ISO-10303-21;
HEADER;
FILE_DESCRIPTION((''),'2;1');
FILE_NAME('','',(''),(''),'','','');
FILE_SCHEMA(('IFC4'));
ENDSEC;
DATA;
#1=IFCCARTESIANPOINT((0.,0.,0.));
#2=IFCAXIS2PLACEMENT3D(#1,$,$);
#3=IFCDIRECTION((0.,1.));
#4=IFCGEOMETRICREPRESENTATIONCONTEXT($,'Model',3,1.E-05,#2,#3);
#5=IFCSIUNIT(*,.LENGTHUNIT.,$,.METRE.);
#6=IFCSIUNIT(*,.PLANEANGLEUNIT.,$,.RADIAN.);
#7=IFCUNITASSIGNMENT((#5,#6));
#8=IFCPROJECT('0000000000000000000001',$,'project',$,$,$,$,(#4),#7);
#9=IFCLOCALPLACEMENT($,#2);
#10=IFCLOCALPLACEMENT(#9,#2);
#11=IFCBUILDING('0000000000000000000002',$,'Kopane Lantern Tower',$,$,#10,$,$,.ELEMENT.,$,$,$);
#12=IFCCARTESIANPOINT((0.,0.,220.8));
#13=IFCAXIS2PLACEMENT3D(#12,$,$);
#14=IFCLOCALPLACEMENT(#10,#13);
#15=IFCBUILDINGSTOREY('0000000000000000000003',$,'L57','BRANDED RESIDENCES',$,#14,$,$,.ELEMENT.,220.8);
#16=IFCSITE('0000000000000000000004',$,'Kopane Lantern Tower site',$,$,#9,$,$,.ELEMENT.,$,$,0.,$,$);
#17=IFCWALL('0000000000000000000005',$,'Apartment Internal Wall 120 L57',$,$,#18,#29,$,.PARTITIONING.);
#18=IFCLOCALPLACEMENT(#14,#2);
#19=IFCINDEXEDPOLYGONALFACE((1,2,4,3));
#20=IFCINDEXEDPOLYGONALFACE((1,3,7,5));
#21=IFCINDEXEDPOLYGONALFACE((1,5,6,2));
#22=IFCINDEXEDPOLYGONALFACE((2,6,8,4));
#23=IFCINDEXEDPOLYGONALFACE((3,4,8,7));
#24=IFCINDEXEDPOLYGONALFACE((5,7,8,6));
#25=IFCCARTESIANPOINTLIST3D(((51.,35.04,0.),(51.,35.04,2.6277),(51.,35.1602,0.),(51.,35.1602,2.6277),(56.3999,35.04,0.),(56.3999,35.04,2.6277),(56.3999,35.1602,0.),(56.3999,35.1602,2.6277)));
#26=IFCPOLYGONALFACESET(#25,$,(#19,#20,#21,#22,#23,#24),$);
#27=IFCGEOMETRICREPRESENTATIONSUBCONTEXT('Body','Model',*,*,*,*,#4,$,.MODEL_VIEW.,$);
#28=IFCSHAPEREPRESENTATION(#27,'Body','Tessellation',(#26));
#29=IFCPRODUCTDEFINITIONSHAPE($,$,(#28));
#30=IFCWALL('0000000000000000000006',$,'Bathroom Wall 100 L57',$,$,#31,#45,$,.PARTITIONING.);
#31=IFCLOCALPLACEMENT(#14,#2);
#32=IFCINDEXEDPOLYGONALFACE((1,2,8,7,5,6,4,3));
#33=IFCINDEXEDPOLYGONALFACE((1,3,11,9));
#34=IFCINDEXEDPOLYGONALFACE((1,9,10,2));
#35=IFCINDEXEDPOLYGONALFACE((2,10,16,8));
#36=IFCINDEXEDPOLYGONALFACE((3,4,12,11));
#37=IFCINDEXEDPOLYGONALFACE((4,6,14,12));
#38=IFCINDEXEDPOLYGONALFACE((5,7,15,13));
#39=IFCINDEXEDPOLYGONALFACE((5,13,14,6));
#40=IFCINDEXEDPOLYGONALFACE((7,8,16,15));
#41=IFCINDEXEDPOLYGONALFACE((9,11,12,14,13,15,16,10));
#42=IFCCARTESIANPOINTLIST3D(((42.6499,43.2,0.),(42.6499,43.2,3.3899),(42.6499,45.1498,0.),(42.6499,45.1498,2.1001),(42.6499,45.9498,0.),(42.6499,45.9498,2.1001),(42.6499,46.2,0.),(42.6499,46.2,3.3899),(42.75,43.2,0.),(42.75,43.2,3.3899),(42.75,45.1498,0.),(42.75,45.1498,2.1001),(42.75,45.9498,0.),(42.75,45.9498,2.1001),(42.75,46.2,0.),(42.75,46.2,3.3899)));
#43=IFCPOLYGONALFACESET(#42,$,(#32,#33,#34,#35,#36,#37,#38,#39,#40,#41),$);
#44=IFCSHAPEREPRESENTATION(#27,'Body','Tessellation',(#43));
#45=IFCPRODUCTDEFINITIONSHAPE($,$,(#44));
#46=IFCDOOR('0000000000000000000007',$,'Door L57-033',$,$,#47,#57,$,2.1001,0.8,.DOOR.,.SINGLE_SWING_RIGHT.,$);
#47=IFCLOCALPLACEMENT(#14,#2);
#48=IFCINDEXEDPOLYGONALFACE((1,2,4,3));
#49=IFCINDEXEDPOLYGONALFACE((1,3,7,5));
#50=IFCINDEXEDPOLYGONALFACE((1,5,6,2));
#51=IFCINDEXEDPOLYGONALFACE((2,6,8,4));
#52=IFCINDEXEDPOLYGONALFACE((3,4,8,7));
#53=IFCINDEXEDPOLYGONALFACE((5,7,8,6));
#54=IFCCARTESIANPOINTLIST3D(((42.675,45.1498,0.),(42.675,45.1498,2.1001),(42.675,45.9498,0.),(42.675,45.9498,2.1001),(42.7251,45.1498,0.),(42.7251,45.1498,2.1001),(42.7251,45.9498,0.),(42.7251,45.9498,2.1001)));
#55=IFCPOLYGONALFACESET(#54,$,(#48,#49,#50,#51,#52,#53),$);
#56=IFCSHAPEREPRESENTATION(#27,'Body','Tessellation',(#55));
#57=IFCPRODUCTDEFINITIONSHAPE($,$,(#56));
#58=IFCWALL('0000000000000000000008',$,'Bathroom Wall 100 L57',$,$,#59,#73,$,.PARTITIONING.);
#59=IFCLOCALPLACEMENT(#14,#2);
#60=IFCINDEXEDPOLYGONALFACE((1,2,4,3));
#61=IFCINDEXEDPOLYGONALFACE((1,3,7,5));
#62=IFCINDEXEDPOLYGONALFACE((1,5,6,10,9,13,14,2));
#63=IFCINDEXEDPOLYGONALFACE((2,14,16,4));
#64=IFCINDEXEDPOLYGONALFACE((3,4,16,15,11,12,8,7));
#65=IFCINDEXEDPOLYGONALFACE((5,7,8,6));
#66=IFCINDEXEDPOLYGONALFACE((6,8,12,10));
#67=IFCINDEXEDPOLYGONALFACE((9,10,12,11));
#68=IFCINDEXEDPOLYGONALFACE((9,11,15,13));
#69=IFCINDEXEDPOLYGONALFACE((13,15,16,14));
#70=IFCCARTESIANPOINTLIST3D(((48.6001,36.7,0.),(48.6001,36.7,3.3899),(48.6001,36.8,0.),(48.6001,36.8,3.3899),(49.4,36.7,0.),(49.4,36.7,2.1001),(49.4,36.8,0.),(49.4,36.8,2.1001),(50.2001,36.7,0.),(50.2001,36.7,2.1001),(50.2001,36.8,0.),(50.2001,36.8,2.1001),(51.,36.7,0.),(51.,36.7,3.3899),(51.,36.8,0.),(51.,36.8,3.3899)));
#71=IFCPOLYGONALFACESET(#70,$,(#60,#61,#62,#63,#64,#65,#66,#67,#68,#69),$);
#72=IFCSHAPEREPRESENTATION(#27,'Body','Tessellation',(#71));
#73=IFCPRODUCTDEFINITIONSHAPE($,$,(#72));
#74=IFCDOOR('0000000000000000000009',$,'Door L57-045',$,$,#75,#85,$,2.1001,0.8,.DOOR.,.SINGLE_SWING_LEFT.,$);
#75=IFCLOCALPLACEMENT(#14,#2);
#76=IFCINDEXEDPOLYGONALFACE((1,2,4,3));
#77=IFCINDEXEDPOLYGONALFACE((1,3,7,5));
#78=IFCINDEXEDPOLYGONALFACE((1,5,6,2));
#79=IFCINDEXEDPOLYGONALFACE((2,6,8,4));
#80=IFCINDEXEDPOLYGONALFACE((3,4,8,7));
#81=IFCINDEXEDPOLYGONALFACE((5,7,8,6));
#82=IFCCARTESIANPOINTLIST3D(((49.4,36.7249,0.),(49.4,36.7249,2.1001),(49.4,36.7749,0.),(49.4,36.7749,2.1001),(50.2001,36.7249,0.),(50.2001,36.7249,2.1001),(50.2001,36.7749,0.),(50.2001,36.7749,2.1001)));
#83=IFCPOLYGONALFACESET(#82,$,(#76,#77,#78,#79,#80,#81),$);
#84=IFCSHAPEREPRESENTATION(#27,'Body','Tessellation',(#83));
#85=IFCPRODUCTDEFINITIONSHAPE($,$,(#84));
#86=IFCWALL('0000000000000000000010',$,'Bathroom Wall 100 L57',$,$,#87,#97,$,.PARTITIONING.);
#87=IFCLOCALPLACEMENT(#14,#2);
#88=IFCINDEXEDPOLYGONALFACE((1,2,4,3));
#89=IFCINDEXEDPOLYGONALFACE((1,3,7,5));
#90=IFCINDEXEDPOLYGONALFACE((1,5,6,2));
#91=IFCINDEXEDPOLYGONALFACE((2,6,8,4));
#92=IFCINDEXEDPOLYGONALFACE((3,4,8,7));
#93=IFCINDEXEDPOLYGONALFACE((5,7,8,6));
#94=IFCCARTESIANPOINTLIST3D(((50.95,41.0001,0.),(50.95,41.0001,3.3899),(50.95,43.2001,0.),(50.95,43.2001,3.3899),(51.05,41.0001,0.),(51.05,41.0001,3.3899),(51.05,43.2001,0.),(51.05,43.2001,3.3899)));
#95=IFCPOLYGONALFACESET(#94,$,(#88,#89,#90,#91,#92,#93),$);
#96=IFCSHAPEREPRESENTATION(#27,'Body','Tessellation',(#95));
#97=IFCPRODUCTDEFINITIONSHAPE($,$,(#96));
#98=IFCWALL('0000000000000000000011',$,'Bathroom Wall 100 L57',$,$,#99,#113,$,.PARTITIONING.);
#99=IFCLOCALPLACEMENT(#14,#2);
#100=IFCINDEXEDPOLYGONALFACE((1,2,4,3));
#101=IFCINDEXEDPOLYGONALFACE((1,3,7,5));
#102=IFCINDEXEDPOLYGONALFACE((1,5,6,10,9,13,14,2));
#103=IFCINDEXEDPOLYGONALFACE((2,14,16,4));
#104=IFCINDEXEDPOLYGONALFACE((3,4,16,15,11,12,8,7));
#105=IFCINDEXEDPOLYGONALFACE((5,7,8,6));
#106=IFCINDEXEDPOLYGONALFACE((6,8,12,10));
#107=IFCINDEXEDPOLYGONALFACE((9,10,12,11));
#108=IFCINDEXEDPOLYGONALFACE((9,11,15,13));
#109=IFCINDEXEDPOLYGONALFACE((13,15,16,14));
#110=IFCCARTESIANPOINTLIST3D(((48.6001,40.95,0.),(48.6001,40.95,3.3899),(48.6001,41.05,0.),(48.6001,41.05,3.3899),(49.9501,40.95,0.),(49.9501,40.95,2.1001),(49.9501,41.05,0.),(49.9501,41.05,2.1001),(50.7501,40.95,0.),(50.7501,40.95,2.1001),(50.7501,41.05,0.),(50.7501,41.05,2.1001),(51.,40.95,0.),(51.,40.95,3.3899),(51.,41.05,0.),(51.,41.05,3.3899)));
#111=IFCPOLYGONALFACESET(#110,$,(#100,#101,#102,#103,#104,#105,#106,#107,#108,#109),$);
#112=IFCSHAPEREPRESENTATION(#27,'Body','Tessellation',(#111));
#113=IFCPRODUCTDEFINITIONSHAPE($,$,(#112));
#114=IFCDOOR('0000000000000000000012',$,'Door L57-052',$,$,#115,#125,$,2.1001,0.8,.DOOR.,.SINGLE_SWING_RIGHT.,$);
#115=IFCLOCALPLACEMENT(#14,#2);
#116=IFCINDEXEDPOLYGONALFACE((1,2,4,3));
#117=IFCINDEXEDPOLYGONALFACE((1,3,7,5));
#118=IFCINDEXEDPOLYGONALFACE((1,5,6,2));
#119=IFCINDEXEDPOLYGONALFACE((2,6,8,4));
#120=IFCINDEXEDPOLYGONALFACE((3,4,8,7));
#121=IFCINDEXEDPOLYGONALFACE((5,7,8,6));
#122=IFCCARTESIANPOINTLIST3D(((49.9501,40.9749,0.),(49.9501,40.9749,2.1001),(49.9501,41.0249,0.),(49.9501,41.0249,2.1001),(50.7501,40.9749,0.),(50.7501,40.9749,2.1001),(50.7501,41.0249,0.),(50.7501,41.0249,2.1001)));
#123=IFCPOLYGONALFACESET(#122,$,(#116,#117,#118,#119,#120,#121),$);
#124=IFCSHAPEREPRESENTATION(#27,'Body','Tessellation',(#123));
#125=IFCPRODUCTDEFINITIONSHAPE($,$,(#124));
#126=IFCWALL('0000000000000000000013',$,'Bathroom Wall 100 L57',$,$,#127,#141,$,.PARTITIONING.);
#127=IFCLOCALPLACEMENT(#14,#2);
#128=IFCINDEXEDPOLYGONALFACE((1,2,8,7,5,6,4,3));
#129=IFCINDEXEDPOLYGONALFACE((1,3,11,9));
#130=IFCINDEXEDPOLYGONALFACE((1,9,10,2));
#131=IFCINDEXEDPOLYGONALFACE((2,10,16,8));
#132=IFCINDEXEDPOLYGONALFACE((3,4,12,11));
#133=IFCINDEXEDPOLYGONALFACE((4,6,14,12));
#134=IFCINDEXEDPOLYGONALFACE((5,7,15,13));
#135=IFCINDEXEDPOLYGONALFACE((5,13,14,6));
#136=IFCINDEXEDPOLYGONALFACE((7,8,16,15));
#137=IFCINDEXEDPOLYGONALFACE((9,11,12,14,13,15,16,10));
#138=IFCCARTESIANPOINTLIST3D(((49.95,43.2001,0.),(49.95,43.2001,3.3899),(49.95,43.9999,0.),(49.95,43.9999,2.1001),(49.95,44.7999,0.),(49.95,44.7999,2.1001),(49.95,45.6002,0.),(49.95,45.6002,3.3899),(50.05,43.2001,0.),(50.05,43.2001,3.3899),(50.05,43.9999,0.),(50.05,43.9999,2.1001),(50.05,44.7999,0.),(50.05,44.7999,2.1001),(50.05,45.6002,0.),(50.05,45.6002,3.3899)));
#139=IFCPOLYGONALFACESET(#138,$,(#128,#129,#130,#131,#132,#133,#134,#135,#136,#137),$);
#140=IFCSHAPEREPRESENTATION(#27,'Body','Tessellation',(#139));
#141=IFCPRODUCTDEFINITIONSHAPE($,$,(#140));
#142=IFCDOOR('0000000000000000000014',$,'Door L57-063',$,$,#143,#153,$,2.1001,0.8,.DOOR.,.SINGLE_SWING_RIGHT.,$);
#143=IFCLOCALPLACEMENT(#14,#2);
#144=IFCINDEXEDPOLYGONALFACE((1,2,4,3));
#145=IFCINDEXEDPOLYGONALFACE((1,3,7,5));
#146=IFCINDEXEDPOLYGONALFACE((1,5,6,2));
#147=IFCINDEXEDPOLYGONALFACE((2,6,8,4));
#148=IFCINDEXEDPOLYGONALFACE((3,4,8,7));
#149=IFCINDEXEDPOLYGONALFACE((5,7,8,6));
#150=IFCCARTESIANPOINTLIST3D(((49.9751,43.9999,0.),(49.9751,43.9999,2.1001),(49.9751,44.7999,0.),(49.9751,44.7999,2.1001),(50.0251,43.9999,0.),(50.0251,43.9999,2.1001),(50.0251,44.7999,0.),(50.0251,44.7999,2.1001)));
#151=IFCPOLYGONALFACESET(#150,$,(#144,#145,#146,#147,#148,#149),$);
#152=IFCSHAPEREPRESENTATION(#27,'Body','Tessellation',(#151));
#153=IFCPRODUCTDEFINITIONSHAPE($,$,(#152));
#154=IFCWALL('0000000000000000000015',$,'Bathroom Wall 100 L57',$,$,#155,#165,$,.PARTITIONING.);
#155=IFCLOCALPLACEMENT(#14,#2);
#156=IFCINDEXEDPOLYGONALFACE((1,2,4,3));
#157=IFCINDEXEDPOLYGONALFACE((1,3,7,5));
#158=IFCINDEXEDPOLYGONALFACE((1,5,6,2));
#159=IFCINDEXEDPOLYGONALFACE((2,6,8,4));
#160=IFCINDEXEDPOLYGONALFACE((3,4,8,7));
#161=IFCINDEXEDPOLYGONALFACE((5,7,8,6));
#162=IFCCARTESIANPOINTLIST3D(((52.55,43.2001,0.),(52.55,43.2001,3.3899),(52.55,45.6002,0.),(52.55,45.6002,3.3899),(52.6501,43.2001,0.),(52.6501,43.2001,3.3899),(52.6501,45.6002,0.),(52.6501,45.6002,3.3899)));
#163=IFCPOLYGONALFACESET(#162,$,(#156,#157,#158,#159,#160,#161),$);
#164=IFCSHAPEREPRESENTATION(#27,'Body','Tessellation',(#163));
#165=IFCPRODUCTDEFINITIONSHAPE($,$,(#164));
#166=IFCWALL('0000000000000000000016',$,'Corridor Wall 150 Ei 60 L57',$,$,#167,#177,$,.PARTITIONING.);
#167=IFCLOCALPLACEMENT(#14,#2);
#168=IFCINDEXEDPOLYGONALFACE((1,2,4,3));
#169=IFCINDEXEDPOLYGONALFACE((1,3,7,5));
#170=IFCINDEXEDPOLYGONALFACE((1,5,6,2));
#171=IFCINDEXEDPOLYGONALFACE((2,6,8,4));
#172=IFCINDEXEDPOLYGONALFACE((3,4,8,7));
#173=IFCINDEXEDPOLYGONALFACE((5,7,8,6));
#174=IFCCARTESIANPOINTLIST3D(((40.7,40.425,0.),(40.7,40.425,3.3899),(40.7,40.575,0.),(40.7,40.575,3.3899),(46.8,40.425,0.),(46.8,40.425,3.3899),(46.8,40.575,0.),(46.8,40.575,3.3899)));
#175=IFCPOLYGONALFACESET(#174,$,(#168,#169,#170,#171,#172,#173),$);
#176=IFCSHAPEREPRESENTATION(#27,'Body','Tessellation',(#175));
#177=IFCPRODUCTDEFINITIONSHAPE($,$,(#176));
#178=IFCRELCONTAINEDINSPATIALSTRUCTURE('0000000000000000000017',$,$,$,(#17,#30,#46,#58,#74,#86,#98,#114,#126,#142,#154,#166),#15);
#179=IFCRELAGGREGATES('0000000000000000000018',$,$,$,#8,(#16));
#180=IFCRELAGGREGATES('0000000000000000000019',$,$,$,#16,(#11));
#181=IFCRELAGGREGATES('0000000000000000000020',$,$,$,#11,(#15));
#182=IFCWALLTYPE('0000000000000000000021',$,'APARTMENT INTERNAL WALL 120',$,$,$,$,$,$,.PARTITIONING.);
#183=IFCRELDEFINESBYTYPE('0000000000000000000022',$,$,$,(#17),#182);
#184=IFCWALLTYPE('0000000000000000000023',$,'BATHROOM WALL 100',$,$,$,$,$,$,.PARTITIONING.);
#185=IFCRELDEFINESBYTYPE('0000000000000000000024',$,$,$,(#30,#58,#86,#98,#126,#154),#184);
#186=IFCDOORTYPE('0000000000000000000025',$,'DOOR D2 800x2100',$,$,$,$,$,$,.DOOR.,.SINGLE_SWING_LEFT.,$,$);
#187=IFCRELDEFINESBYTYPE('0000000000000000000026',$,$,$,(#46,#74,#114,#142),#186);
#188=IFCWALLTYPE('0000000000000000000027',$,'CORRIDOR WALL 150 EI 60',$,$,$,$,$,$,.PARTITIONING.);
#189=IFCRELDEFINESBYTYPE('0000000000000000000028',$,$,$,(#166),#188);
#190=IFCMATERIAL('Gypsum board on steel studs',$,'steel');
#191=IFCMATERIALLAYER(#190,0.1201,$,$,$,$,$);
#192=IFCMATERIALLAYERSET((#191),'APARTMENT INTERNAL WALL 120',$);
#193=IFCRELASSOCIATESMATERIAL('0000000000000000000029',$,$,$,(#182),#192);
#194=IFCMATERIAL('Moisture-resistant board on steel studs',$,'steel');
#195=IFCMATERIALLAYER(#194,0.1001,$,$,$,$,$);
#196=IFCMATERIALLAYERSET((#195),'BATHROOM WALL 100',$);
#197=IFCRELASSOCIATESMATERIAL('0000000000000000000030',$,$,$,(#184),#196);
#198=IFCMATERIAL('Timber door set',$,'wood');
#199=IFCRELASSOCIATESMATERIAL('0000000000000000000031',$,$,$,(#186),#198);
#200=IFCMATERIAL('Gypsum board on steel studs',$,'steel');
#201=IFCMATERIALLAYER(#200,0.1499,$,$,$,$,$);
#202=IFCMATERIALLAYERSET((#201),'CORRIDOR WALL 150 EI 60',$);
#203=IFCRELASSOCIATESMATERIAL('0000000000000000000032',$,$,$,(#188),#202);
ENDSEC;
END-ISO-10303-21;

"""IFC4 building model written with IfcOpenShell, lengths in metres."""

from ifc_helpers import new_model, si_unit, direction, frame, frame_2d, origin, place, context, subcontext, project, spatial, rectangle, extrude, material, layer, layer_set, type_object, element, fill, save


model = new_model("IFC4")

# Units and contexts
model_context = context("Model", 3, precision=1e-05, world=origin(), true_north=direction((0.0, 1.0)))
body_context = subcontext(model_context, "Body", "Model", "MODEL_VIEW")
ifc_project = project(units=[si_unit("LENGTHUNIT", "METRE"), si_unit("PLANEANGLEUNIT", "RADIAN")], contexts=[model_context])

# Site, building, storey
site_placement = place(None, origin())
site = spatial("IfcSite", under=ifc_project, at=site_placement, Name="Kopane Lantern Tower site", CompositionType="ELEMENT", RefElevation=0.0)
building_placement = place(site_placement, origin())
building = spatial("IfcBuilding", under=site, at=building_placement, Name="Kopane Lantern Tower", CompositionType="ELEMENT")
storey_placement = place(building_placement, frame((0.0, 0.0, 220.8)))
storey = spatial("IfcBuildingStorey", under=building, at=storey_placement, Name="L57", Description="BRANDED RESIDENCES", CompositionType="ELEMENT", Elevation=220.8)

# Wall
ifc_material_1 = material(Name="Gypsum board on steel studs", Category="steel")
ifc_layer_1 = layer(ifc_material_1, 0.1201)
ifc_layer_set_1 = layer_set([ifc_layer_1], Name="APARTMENT INTERNAL WALL 120")
wall_type_1 = type_object("IfcWallType", Name="APARTMENT INTERNAL WALL 120", PredefinedType="PARTITIONING", material=ifc_layer_set_1)
wall_1_placement = place(storey_placement, frame((51.0, 35.1001, 0.0), z_axis=(0.0, 0.0, 1.0), x_axis=(1.0, 0.0, 0.0)))
element("IfcWall", 1, at=wall_1_placement, inside=storey, type_object=wall_type_1, Name="Apartment Internal Wall 120 L57", PredefinedType="PARTITIONING", context=body_context, shape_type="SweptSolid", body=[
    extrude(rectangle(XDim=5.3999, YDim=0.1201, at=frame_2d((2.7, 0.0))), origin(), (0.0, 0.0, 1.0), 2.6277),
])

# Walls, openings, doors
ifc_material_2 = material(Name="Moisture-resistant board on steel studs", Category="steel")
ifc_layer_2 = layer(ifc_material_2, 0.1001)
ifc_layer_set_2 = layer_set([ifc_layer_2], Name="BATHROOM WALL 100")
wall_type_2 = type_object("IfcWallType", Name="BATHROOM WALL 100", PredefinedType="PARTITIONING", material=ifc_layer_set_2)
wall_2_placement = place(storey_placement, frame((42.7, 43.2, 0.0), z_axis=(0.0, 0.0, 1.0), x_axis=(0.0, 1.0, 0.0)))
wall_2 = element("IfcWall", 2, at=wall_2_placement, inside=storey, type_object=wall_type_2, Name="Bathroom Wall 100 L57", PredefinedType="PARTITIONING", context=body_context, shape_type="SweptSolid", body=[
    extrude(rectangle(XDim=3.0, YDim=0.1001, at=frame_2d((1.5, 0.0))), origin(), (0.0, 0.0, 1.0), 3.3899),
])
opening_1_placement = place(wall_2_placement, frame((1.95, 0.0, 0.0)))
opening_1 = element("IfcOpeningElement", 3, at=opening_1_placement, cuts=wall_2, PredefinedType="OPENING", context=body_context, shape_type="SweptSolid", body=[
    extrude(rectangle(XDim=0.8, YDim=2.1001, at=frame_2d((0.3999, 1.05))), frame((0.0, 0.0601, 0.0), z_axis=(0.0, -1.0, 0.0), x_axis=(1.0, 0.0, 0.0)), (0.0, 0.0, 1.0), 0.1201),
])
ifc_material_3 = material(Name="Timber door set", Category="wood")
door_type = type_object("IfcDoorType", Name="DOOR D2 800x2100", OperationType="SINGLE_SWING_LEFT", PredefinedType="DOOR", material=ifc_material_3)
door_1_placement = place(opening_1_placement, origin())
door_1 = element("IfcDoor", 4, at=door_1_placement, inside=storey, type_object=door_type, Name="Door L57-033", OperationType="SINGLE_SWING_RIGHT", OverallHeight=2.1001, OverallWidth=0.8, PredefinedType="DOOR", context=body_context, shape_type="SweptSolid", body=[
    extrude(rectangle(XDim=0.8, YDim=2.1001, at=frame_2d((0.3999, 1.05))), frame((0.0, 0.0249, 0.0), z_axis=(0.0, -1.0, 0.0), x_axis=(1.0, 0.0, 0.0)), (0.0, 0.0, 1.0), 0.05),
])
fill(opening_1, door_1)
wall_3_placement = place(storey_placement, frame((48.6001, 36.75, 0.0), z_axis=(0.0, 0.0, 1.0), x_axis=(1.0, 0.0, 0.0)))
wall_3 = element("IfcWall", 5, at=wall_3_placement, inside=storey, type_object=wall_type_2, Name="Bathroom Wall 100 L57", PredefinedType="PARTITIONING", context=body_context, shape_type="SweptSolid", body=[
    extrude(rectangle(XDim=2.3999, YDim=0.1001, at=frame_2d((1.2, 0.0))), origin(), (0.0, 0.0, 1.0), 3.3899),
])
opening_2_placement = place(wall_3_placement, frame((0.8, 0.0, 0.0)))
opening_2 = element("IfcOpeningElement", 6, at=opening_2_placement, cuts=wall_3, PredefinedType="OPENING", context=body_context, shape_type="SweptSolid", body=[
    extrude(rectangle(XDim=0.8, YDim=2.1001, at=frame_2d((0.3999, 1.05))), frame((0.0, 0.0601, 0.0), z_axis=(0.0, -1.0, 0.0), x_axis=(1.0, 0.0, 0.0)), (0.0, 0.0, 1.0), 0.1201),
])
door_2_placement = place(opening_2_placement, origin())
door_2 = element("IfcDoor", 7, at=door_2_placement, inside=storey, type_object=door_type, Name="Door L57-045", OperationType="SINGLE_SWING_LEFT", OverallHeight=2.1001, OverallWidth=0.8, PredefinedType="DOOR", context=body_context, shape_type="SweptSolid", body=[
    extrude(rectangle(XDim=0.8, YDim=2.1001, at=frame_2d((0.3999, 1.05))), frame((0.0, 0.0249, 0.0), z_axis=(0.0, -1.0, 0.0), x_axis=(1.0, 0.0, 0.0)), (0.0, 0.0, 1.0), 0.05),
])
fill(opening_2, door_2)

# Wall
wall_4_placement = place(storey_placement, frame((51.0, 41.0, 0.0), z_axis=(0.0, 0.0, 1.0), x_axis=(0.0, 1.0, 0.0)))
element("IfcWall", 8, at=wall_4_placement, inside=storey, type_object=wall_type_2, Name="Bathroom Wall 100 L57", PredefinedType="PARTITIONING", context=body_context, shape_type="SweptSolid", body=[
    extrude(rectangle(XDim=2.2, YDim=0.1001, at=frame_2d((1.1001, 0.0))), origin(), (0.0, 0.0, 1.0), 3.3899),
])

# Walls, openings, doors
wall_5_placement = place(storey_placement, frame((48.6001, 41.0, 0.0), z_axis=(0.0, 0.0, 1.0), x_axis=(1.0, 0.0, 0.0)))
wall_5 = element("IfcWall", 9, at=wall_5_placement, inside=storey, type_object=wall_type_2, Name="Bathroom Wall 100 L57", PredefinedType="PARTITIONING", context=body_context, shape_type="SweptSolid", body=[
    extrude(rectangle(XDim=2.3999, YDim=0.1001, at=frame_2d((1.2, 0.0))), origin(), (0.0, 0.0, 1.0), 3.3899),
])
opening_3_placement = place(wall_5_placement, frame((1.3501, 0.0, 0.0)))
opening_3 = element("IfcOpeningElement", 10, at=opening_3_placement, cuts=wall_5, PredefinedType="OPENING", context=body_context, shape_type="SweptSolid", body=[
    extrude(rectangle(XDim=0.8, YDim=2.1001, at=frame_2d((0.3999, 1.05))), frame((0.0, 0.0601, 0.0), z_axis=(0.0, -1.0, 0.0), x_axis=(1.0, 0.0, 0.0)), (0.0, 0.0, 1.0), 0.1201),
])
door_3_placement = place(opening_3_placement, origin())
door_3 = element("IfcDoor", 11, at=door_3_placement, inside=storey, type_object=door_type, Name="Door L57-052", OperationType="SINGLE_SWING_RIGHT", OverallHeight=2.1001, OverallWidth=0.8, PredefinedType="DOOR", context=body_context, shape_type="SweptSolid", body=[
    extrude(rectangle(XDim=0.8, YDim=2.1001, at=frame_2d((0.3999, 1.05))), frame((0.0, 0.0249, 0.0), z_axis=(0.0, -1.0, 0.0), x_axis=(1.0, 0.0, 0.0)), (0.0, 0.0, 1.0), 0.05),
])
fill(opening_3, door_3)
wall_6_placement = place(storey_placement, frame((50.0, 43.2, 0.0), z_axis=(0.0, 0.0, 1.0), x_axis=(0.0, 1.0, 0.0)))
wall_6 = element("IfcWall", 12, at=wall_6_placement, inside=storey, type_object=wall_type_2, Name="Bathroom Wall 100 L57", PredefinedType="PARTITIONING", context=body_context, shape_type="SweptSolid", body=[
    extrude(rectangle(XDim=2.4001, YDim=0.1001, at=frame_2d((1.2002, 0.0))), origin(), (0.0, 0.0, 1.0), 3.3899),
])
opening_4_placement = place(wall_6_placement, frame((0.8, 0.0, 0.0)))
opening_4 = element("IfcOpeningElement", 13, at=opening_4_placement, cuts=wall_6, PredefinedType="OPENING", context=body_context, shape_type="SweptSolid", body=[
    extrude(rectangle(XDim=0.8, YDim=2.1001, at=frame_2d((0.3999, 1.05))), frame((0.0, 0.0601, 0.0), z_axis=(0.0, -1.0, 0.0), x_axis=(1.0, 0.0, 0.0)), (0.0, 0.0, 1.0), 0.1201),
])
door_4_placement = place(opening_4_placement, origin())
door_4 = element("IfcDoor", 14, at=door_4_placement, inside=storey, type_object=door_type, Name="Door L57-063", OperationType="SINGLE_SWING_RIGHT", OverallHeight=2.1001, OverallWidth=0.8, PredefinedType="DOOR", context=body_context, shape_type="SweptSolid", body=[
    extrude(rectangle(XDim=0.8, YDim=2.1001, at=frame_2d((0.3999, 1.05))), frame((0.0, 0.0249, 0.0), z_axis=(0.0, -1.0, 0.0), x_axis=(1.0, 0.0, 0.0)), (0.0, 0.0, 1.0), 0.05),
])
fill(opening_4, door_4)

# Walls
wall_7_placement = place(storey_placement, frame((52.6001, 43.2, 0.0), z_axis=(0.0, 0.0, 1.0), x_axis=(0.0, 1.0, 0.0)))
element("IfcWall", 15, at=wall_7_placement, inside=storey, type_object=wall_type_2, Name="Bathroom Wall 100 L57", PredefinedType="PARTITIONING", context=body_context, shape_type="SweptSolid", body=[
    extrude(rectangle(XDim=2.4001, YDim=0.1001, at=frame_2d((1.2002, 0.0))), origin(), (0.0, 0.0, 1.0), 3.3899),
])
ifc_material_4 = material(Name="Gypsum board on steel studs", Category="steel")
ifc_layer_3 = layer(ifc_material_4, 0.1499)
ifc_layer_set_3 = layer_set([ifc_layer_3], Name="CORRIDOR WALL 150 EI 60")
wall_type_3 = type_object("IfcWallType", Name="CORRIDOR WALL 150 EI 60", PredefinedType="PARTITIONING", material=ifc_layer_set_3)
wall_8_placement = place(storey_placement, frame((46.8, 40.5, 0.0), z_axis=(0.0, 0.0, 1.0), x_axis=(-1.0, 0.0, 0.0)))
element("IfcWall", 16, at=wall_8_placement, inside=storey, type_object=wall_type_3, Name="Corridor Wall 150 Ei 60 L57", PredefinedType="PARTITIONING", context=body_context, shape_type="SweptSolid", body=[
    extrude(rectangle(XDim=6.1001, YDim=0.1499, at=frame_2d((3.05, 0.0))), origin(), (0.0, 0.0, 1.0), 3.3899),
])

save(model, "model.ifc")
